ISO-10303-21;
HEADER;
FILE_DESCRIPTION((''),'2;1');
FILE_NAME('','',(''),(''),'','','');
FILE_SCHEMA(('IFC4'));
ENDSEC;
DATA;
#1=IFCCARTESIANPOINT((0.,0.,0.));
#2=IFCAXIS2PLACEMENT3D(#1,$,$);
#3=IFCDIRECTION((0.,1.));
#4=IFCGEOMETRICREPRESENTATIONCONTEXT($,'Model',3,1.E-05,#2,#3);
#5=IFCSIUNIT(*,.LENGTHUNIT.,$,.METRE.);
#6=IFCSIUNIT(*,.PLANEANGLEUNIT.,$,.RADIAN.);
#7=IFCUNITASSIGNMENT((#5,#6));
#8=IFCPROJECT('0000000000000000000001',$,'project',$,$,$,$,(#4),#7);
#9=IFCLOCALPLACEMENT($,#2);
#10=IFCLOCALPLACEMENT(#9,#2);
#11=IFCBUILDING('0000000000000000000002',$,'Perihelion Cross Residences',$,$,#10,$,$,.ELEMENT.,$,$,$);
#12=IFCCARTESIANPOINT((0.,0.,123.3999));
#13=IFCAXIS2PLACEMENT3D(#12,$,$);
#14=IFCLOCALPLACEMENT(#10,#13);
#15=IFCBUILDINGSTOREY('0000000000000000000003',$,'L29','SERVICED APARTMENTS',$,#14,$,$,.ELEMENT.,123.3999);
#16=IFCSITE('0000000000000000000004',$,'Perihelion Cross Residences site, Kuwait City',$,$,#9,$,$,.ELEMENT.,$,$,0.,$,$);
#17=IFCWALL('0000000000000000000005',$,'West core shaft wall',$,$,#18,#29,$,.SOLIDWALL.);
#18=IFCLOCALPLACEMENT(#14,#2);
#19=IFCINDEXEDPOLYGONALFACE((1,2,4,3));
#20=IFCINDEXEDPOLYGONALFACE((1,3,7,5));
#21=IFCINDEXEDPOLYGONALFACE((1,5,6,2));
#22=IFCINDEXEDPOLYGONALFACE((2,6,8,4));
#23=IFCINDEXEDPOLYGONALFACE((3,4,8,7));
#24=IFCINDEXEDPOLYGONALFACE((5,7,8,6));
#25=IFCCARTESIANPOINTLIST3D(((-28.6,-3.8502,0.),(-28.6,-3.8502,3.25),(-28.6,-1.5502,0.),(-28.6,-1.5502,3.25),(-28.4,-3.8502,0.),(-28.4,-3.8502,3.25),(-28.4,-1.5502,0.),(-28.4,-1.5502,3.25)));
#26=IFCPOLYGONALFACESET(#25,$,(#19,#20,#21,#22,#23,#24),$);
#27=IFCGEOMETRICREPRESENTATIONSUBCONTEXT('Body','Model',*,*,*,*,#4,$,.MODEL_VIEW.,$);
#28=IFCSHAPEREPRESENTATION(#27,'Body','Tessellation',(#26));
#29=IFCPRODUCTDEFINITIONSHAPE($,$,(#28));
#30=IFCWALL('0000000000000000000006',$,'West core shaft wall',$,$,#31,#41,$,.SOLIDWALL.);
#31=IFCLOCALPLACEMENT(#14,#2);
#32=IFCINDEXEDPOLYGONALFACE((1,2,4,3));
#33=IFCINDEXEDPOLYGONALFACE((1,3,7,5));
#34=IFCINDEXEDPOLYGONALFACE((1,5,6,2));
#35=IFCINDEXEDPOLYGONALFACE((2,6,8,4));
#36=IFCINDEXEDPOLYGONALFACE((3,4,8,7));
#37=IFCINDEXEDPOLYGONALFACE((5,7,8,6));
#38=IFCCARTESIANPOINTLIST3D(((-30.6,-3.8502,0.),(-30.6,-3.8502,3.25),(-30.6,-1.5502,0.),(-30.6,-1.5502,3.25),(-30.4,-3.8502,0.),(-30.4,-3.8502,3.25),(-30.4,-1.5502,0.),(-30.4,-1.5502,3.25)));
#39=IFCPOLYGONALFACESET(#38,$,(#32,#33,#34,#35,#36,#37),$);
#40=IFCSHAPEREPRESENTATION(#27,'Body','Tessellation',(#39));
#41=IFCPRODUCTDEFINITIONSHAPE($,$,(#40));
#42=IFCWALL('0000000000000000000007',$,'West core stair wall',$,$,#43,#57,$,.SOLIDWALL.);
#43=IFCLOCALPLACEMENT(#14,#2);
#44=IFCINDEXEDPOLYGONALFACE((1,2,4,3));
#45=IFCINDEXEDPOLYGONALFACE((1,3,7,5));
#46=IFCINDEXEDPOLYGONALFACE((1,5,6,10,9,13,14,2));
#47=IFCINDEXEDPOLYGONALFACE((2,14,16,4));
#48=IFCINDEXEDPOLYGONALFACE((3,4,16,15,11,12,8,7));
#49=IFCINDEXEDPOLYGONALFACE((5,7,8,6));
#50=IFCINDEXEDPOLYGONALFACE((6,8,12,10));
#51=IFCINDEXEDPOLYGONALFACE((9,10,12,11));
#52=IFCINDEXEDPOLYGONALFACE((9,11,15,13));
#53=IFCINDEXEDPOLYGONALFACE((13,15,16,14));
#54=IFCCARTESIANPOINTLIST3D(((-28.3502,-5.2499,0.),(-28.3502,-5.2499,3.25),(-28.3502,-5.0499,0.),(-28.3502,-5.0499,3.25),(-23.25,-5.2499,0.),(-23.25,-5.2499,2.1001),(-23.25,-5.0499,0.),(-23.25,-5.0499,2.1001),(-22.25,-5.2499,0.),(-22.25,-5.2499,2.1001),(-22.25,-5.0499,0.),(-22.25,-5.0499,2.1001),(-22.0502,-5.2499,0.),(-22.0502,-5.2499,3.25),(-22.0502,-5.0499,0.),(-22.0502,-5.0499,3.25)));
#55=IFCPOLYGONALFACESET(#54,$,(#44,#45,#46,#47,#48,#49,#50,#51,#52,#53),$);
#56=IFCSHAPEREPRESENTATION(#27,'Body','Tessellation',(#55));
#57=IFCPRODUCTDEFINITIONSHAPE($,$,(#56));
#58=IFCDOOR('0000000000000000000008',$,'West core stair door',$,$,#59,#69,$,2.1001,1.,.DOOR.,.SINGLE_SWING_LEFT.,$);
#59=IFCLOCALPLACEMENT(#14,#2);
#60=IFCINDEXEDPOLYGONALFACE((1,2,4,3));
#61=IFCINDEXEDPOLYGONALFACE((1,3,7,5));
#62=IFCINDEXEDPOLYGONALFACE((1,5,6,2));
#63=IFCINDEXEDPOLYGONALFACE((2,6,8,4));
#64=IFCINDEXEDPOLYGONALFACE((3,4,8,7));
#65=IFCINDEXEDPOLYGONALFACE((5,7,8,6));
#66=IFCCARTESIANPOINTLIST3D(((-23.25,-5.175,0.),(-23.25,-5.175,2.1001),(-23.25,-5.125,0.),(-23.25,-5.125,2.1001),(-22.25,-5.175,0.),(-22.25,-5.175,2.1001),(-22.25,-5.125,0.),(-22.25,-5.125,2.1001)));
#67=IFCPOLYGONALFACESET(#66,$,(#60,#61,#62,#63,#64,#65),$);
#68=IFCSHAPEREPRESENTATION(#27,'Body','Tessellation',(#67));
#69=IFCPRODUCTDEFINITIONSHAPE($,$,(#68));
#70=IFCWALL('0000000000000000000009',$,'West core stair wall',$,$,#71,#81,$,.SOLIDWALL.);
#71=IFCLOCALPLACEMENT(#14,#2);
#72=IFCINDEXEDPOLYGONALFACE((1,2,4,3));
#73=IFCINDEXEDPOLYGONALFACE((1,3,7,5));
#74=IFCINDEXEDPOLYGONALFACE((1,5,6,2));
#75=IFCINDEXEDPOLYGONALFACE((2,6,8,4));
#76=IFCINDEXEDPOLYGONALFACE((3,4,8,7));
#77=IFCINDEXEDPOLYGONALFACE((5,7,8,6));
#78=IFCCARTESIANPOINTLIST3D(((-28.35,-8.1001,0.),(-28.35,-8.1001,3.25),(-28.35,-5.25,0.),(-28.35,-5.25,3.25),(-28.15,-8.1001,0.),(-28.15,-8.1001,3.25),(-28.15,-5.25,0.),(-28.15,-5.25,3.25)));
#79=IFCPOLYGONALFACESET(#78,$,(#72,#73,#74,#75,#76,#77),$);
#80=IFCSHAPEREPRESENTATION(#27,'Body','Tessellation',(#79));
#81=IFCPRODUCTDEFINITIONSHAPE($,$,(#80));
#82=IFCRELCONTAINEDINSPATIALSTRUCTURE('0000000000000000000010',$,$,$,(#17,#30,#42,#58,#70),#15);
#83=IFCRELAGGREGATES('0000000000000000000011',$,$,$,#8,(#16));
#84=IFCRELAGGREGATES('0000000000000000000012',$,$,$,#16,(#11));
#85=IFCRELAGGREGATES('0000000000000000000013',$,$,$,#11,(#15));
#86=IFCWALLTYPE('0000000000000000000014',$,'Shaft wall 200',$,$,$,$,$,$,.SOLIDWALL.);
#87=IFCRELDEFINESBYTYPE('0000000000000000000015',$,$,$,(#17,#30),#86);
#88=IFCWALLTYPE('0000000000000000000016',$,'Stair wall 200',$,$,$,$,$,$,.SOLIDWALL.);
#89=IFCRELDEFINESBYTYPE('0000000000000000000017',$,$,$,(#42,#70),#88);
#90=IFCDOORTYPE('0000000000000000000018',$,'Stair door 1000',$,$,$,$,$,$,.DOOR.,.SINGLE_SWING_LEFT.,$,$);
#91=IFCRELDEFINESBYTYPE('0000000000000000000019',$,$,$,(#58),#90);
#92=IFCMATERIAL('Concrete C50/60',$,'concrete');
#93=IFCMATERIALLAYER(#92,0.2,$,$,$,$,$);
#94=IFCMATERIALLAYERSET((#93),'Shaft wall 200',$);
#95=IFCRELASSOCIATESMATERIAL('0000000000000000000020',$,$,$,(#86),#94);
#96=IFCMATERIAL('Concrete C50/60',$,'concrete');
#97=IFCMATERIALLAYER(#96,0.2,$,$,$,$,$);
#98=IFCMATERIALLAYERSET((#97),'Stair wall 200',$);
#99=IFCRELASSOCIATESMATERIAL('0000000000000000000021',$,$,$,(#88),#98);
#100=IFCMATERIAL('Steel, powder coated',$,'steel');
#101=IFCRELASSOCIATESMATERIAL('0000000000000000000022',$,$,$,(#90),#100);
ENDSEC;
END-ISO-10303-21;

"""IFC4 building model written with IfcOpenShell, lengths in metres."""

from ifc_helpers import new_model, si_unit, direction, frame, frame_2d, origin, place, context, subcontext, project, spatial, rectangle, extrude, material, layer, layer_set, type_object, element, fill, save


model = new_model("IFC4")

# Units and contexts
model_context = context("Model", 3, precision=1e-05, world=origin(), true_north=direction((0.0, 1.0)))
body_context = subcontext(model_context, "Body", "Model", "MODEL_VIEW")
ifc_project = project(units=[si_unit("LENGTHUNIT", "METRE"), si_unit("PLANEANGLEUNIT", "RADIAN")], contexts=[model_context])

# Site, building, storey
site_placement = place(None, origin())
site = spatial("IfcSite", under=ifc_project, at=site_placement, Name="Perihelion Cross Residences site, Kuwait City", CompositionType="ELEMENT", RefElevation=0.0)
building_placement = place(site_placement, origin())
building = spatial("IfcBuilding", under=site, at=building_placement, Name="Perihelion Cross Residences", CompositionType="ELEMENT")
storey_placement = place(building_placement, frame((0.0, 0.0, 123.3999)))
storey = spatial("IfcBuildingStorey", under=building, at=storey_placement, Name="L29", Description="SERVICED APARTMENTS", CompositionType="ELEMENT", Elevation=123.3999)

# Shared definitions
ifc_material_1 = material(Name="Concrete C50/60", Category="concrete")
ifc_layer_1 = layer(ifc_material_1, 0.2)
ifc_layer_set_1 = layer_set([ifc_layer_1], Name="Shaft wall 200")
wall_type_1 = type_object("IfcWallType", Name="Shaft wall 200", PredefinedType="SOLIDWALL", material=ifc_layer_set_1)

# Walls
for number, where, z_axis, x_axis, name in (
    (1, (-28.5, -3.8501, 0.0), (0.0, 0.0, 1.0), (0.0, 1.0, 0.0), "West core shaft wall"),
    (2, (-30.5, -3.8501, 0.0), (0.0, 0.0, 1.0), (0.0, 1.0, 0.0), "West core shaft wall"),
):
    element("IfcWall", number, at=place(storey_placement, frame(where, z_axis=z_axis, x_axis=x_axis)), inside=storey, type_object=wall_type_1, Name=name, PredefinedType="SOLIDWALL", context=body_context, shape_type="SweptSolid", body=[
        extrude(rectangle(XDim=2.3, YDim=0.2, at=frame_2d((1.1499, 0.0))), origin(), (0.0, 0.0, 1.0), 3.25),
    ])

# Wall, opening, door
ifc_material_2 = material(Name="Concrete C50/60", Category="concrete")
ifc_layer_2 = layer(ifc_material_2, 0.2)
ifc_layer_set_2 = layer_set([ifc_layer_2], Name="Stair wall 200")
wall_type_2 = type_object("IfcWallType", Name="Stair wall 200", PredefinedType="SOLIDWALL", material=ifc_layer_set_2)
wall_1_placement = place(storey_placement, frame((-28.3501, -5.1499, 0.0), z_axis=(0.0, 0.0, 1.0), x_axis=(1.0, 0.0, 0.0)))
wall_1 = element("IfcWall", 3, at=wall_1_placement, inside=storey, type_object=wall_type_2, Name="West core stair wall", PredefinedType="SOLIDWALL", context=body_context, shape_type="SweptSolid", body=[
    extrude(rectangle(XDim=6.3, YDim=0.2, at=frame_2d((3.1499, 0.0))), origin(), (0.0, 0.0, 1.0), 3.25),
])
opening_1_placement = place(wall_1_placement, frame((5.1001, 0.0, 0.0)))
opening_1 = element("IfcOpeningElement", 4, at=opening_1_placement, cuts=wall_1, PredefinedType="OPENING", context=body_context, shape_type="SweptSolid", body=[
    extrude(rectangle(XDim=1.0, YDim=2.1001, at=frame_2d((0.5, 1.05))), frame((0.0, 0.1099, 0.0), z_axis=(0.0, -1.0, 0.0), x_axis=(1.0, 0.0, 0.0)), (0.0, 0.0, 1.0), 0.22),
])
ifc_material_3 = material(Name="Steel, powder coated", Category="steel")
door_type_1 = type_object("IfcDoorType", Name="Stair door 1000", OperationType="SINGLE_SWING_LEFT", PredefinedType="DOOR", material=ifc_material_3)
door_1_placement = place(opening_1_placement, origin())
door_1 = element("IfcDoor", 5, at=door_1_placement, inside=storey, type_object=door_type_1, Name="West core stair door", OperationType="SINGLE_SWING_LEFT", OverallHeight=2.1001, OverallWidth=1.0, PredefinedType="DOOR", context=body_context, shape_type="SweptSolid", body=[
    extrude(rectangle(XDim=1.0, YDim=2.1001, at=frame_2d((0.5, 1.05))), frame((0.0, 0.0249, 0.0), z_axis=(0.0, -1.0, 0.0), x_axis=(1.0, 0.0, 0.0)), (0.0, 0.0, 1.0), 0.05),
])
fill(opening_1, door_1)

# Wall
wall_2_placement = place(storey_placement, frame((-28.25, -8.1001, 0.0), z_axis=(0.0, 0.0, 1.0), x_axis=(0.0, 1.0, 0.0)))
element("IfcWall", 6, at=wall_2_placement, inside=storey, type_object=wall_type_2, Name="West core stair wall", PredefinedType="SOLIDWALL", context=body_context, shape_type="SweptSolid", body=[
    extrude(rectangle(XDim=2.8501, YDim=0.2, at=frame_2d((1.425, 0.0))), origin(), (0.0, 0.0, 1.0), 3.25),
])

save(model, "model.ifc")
